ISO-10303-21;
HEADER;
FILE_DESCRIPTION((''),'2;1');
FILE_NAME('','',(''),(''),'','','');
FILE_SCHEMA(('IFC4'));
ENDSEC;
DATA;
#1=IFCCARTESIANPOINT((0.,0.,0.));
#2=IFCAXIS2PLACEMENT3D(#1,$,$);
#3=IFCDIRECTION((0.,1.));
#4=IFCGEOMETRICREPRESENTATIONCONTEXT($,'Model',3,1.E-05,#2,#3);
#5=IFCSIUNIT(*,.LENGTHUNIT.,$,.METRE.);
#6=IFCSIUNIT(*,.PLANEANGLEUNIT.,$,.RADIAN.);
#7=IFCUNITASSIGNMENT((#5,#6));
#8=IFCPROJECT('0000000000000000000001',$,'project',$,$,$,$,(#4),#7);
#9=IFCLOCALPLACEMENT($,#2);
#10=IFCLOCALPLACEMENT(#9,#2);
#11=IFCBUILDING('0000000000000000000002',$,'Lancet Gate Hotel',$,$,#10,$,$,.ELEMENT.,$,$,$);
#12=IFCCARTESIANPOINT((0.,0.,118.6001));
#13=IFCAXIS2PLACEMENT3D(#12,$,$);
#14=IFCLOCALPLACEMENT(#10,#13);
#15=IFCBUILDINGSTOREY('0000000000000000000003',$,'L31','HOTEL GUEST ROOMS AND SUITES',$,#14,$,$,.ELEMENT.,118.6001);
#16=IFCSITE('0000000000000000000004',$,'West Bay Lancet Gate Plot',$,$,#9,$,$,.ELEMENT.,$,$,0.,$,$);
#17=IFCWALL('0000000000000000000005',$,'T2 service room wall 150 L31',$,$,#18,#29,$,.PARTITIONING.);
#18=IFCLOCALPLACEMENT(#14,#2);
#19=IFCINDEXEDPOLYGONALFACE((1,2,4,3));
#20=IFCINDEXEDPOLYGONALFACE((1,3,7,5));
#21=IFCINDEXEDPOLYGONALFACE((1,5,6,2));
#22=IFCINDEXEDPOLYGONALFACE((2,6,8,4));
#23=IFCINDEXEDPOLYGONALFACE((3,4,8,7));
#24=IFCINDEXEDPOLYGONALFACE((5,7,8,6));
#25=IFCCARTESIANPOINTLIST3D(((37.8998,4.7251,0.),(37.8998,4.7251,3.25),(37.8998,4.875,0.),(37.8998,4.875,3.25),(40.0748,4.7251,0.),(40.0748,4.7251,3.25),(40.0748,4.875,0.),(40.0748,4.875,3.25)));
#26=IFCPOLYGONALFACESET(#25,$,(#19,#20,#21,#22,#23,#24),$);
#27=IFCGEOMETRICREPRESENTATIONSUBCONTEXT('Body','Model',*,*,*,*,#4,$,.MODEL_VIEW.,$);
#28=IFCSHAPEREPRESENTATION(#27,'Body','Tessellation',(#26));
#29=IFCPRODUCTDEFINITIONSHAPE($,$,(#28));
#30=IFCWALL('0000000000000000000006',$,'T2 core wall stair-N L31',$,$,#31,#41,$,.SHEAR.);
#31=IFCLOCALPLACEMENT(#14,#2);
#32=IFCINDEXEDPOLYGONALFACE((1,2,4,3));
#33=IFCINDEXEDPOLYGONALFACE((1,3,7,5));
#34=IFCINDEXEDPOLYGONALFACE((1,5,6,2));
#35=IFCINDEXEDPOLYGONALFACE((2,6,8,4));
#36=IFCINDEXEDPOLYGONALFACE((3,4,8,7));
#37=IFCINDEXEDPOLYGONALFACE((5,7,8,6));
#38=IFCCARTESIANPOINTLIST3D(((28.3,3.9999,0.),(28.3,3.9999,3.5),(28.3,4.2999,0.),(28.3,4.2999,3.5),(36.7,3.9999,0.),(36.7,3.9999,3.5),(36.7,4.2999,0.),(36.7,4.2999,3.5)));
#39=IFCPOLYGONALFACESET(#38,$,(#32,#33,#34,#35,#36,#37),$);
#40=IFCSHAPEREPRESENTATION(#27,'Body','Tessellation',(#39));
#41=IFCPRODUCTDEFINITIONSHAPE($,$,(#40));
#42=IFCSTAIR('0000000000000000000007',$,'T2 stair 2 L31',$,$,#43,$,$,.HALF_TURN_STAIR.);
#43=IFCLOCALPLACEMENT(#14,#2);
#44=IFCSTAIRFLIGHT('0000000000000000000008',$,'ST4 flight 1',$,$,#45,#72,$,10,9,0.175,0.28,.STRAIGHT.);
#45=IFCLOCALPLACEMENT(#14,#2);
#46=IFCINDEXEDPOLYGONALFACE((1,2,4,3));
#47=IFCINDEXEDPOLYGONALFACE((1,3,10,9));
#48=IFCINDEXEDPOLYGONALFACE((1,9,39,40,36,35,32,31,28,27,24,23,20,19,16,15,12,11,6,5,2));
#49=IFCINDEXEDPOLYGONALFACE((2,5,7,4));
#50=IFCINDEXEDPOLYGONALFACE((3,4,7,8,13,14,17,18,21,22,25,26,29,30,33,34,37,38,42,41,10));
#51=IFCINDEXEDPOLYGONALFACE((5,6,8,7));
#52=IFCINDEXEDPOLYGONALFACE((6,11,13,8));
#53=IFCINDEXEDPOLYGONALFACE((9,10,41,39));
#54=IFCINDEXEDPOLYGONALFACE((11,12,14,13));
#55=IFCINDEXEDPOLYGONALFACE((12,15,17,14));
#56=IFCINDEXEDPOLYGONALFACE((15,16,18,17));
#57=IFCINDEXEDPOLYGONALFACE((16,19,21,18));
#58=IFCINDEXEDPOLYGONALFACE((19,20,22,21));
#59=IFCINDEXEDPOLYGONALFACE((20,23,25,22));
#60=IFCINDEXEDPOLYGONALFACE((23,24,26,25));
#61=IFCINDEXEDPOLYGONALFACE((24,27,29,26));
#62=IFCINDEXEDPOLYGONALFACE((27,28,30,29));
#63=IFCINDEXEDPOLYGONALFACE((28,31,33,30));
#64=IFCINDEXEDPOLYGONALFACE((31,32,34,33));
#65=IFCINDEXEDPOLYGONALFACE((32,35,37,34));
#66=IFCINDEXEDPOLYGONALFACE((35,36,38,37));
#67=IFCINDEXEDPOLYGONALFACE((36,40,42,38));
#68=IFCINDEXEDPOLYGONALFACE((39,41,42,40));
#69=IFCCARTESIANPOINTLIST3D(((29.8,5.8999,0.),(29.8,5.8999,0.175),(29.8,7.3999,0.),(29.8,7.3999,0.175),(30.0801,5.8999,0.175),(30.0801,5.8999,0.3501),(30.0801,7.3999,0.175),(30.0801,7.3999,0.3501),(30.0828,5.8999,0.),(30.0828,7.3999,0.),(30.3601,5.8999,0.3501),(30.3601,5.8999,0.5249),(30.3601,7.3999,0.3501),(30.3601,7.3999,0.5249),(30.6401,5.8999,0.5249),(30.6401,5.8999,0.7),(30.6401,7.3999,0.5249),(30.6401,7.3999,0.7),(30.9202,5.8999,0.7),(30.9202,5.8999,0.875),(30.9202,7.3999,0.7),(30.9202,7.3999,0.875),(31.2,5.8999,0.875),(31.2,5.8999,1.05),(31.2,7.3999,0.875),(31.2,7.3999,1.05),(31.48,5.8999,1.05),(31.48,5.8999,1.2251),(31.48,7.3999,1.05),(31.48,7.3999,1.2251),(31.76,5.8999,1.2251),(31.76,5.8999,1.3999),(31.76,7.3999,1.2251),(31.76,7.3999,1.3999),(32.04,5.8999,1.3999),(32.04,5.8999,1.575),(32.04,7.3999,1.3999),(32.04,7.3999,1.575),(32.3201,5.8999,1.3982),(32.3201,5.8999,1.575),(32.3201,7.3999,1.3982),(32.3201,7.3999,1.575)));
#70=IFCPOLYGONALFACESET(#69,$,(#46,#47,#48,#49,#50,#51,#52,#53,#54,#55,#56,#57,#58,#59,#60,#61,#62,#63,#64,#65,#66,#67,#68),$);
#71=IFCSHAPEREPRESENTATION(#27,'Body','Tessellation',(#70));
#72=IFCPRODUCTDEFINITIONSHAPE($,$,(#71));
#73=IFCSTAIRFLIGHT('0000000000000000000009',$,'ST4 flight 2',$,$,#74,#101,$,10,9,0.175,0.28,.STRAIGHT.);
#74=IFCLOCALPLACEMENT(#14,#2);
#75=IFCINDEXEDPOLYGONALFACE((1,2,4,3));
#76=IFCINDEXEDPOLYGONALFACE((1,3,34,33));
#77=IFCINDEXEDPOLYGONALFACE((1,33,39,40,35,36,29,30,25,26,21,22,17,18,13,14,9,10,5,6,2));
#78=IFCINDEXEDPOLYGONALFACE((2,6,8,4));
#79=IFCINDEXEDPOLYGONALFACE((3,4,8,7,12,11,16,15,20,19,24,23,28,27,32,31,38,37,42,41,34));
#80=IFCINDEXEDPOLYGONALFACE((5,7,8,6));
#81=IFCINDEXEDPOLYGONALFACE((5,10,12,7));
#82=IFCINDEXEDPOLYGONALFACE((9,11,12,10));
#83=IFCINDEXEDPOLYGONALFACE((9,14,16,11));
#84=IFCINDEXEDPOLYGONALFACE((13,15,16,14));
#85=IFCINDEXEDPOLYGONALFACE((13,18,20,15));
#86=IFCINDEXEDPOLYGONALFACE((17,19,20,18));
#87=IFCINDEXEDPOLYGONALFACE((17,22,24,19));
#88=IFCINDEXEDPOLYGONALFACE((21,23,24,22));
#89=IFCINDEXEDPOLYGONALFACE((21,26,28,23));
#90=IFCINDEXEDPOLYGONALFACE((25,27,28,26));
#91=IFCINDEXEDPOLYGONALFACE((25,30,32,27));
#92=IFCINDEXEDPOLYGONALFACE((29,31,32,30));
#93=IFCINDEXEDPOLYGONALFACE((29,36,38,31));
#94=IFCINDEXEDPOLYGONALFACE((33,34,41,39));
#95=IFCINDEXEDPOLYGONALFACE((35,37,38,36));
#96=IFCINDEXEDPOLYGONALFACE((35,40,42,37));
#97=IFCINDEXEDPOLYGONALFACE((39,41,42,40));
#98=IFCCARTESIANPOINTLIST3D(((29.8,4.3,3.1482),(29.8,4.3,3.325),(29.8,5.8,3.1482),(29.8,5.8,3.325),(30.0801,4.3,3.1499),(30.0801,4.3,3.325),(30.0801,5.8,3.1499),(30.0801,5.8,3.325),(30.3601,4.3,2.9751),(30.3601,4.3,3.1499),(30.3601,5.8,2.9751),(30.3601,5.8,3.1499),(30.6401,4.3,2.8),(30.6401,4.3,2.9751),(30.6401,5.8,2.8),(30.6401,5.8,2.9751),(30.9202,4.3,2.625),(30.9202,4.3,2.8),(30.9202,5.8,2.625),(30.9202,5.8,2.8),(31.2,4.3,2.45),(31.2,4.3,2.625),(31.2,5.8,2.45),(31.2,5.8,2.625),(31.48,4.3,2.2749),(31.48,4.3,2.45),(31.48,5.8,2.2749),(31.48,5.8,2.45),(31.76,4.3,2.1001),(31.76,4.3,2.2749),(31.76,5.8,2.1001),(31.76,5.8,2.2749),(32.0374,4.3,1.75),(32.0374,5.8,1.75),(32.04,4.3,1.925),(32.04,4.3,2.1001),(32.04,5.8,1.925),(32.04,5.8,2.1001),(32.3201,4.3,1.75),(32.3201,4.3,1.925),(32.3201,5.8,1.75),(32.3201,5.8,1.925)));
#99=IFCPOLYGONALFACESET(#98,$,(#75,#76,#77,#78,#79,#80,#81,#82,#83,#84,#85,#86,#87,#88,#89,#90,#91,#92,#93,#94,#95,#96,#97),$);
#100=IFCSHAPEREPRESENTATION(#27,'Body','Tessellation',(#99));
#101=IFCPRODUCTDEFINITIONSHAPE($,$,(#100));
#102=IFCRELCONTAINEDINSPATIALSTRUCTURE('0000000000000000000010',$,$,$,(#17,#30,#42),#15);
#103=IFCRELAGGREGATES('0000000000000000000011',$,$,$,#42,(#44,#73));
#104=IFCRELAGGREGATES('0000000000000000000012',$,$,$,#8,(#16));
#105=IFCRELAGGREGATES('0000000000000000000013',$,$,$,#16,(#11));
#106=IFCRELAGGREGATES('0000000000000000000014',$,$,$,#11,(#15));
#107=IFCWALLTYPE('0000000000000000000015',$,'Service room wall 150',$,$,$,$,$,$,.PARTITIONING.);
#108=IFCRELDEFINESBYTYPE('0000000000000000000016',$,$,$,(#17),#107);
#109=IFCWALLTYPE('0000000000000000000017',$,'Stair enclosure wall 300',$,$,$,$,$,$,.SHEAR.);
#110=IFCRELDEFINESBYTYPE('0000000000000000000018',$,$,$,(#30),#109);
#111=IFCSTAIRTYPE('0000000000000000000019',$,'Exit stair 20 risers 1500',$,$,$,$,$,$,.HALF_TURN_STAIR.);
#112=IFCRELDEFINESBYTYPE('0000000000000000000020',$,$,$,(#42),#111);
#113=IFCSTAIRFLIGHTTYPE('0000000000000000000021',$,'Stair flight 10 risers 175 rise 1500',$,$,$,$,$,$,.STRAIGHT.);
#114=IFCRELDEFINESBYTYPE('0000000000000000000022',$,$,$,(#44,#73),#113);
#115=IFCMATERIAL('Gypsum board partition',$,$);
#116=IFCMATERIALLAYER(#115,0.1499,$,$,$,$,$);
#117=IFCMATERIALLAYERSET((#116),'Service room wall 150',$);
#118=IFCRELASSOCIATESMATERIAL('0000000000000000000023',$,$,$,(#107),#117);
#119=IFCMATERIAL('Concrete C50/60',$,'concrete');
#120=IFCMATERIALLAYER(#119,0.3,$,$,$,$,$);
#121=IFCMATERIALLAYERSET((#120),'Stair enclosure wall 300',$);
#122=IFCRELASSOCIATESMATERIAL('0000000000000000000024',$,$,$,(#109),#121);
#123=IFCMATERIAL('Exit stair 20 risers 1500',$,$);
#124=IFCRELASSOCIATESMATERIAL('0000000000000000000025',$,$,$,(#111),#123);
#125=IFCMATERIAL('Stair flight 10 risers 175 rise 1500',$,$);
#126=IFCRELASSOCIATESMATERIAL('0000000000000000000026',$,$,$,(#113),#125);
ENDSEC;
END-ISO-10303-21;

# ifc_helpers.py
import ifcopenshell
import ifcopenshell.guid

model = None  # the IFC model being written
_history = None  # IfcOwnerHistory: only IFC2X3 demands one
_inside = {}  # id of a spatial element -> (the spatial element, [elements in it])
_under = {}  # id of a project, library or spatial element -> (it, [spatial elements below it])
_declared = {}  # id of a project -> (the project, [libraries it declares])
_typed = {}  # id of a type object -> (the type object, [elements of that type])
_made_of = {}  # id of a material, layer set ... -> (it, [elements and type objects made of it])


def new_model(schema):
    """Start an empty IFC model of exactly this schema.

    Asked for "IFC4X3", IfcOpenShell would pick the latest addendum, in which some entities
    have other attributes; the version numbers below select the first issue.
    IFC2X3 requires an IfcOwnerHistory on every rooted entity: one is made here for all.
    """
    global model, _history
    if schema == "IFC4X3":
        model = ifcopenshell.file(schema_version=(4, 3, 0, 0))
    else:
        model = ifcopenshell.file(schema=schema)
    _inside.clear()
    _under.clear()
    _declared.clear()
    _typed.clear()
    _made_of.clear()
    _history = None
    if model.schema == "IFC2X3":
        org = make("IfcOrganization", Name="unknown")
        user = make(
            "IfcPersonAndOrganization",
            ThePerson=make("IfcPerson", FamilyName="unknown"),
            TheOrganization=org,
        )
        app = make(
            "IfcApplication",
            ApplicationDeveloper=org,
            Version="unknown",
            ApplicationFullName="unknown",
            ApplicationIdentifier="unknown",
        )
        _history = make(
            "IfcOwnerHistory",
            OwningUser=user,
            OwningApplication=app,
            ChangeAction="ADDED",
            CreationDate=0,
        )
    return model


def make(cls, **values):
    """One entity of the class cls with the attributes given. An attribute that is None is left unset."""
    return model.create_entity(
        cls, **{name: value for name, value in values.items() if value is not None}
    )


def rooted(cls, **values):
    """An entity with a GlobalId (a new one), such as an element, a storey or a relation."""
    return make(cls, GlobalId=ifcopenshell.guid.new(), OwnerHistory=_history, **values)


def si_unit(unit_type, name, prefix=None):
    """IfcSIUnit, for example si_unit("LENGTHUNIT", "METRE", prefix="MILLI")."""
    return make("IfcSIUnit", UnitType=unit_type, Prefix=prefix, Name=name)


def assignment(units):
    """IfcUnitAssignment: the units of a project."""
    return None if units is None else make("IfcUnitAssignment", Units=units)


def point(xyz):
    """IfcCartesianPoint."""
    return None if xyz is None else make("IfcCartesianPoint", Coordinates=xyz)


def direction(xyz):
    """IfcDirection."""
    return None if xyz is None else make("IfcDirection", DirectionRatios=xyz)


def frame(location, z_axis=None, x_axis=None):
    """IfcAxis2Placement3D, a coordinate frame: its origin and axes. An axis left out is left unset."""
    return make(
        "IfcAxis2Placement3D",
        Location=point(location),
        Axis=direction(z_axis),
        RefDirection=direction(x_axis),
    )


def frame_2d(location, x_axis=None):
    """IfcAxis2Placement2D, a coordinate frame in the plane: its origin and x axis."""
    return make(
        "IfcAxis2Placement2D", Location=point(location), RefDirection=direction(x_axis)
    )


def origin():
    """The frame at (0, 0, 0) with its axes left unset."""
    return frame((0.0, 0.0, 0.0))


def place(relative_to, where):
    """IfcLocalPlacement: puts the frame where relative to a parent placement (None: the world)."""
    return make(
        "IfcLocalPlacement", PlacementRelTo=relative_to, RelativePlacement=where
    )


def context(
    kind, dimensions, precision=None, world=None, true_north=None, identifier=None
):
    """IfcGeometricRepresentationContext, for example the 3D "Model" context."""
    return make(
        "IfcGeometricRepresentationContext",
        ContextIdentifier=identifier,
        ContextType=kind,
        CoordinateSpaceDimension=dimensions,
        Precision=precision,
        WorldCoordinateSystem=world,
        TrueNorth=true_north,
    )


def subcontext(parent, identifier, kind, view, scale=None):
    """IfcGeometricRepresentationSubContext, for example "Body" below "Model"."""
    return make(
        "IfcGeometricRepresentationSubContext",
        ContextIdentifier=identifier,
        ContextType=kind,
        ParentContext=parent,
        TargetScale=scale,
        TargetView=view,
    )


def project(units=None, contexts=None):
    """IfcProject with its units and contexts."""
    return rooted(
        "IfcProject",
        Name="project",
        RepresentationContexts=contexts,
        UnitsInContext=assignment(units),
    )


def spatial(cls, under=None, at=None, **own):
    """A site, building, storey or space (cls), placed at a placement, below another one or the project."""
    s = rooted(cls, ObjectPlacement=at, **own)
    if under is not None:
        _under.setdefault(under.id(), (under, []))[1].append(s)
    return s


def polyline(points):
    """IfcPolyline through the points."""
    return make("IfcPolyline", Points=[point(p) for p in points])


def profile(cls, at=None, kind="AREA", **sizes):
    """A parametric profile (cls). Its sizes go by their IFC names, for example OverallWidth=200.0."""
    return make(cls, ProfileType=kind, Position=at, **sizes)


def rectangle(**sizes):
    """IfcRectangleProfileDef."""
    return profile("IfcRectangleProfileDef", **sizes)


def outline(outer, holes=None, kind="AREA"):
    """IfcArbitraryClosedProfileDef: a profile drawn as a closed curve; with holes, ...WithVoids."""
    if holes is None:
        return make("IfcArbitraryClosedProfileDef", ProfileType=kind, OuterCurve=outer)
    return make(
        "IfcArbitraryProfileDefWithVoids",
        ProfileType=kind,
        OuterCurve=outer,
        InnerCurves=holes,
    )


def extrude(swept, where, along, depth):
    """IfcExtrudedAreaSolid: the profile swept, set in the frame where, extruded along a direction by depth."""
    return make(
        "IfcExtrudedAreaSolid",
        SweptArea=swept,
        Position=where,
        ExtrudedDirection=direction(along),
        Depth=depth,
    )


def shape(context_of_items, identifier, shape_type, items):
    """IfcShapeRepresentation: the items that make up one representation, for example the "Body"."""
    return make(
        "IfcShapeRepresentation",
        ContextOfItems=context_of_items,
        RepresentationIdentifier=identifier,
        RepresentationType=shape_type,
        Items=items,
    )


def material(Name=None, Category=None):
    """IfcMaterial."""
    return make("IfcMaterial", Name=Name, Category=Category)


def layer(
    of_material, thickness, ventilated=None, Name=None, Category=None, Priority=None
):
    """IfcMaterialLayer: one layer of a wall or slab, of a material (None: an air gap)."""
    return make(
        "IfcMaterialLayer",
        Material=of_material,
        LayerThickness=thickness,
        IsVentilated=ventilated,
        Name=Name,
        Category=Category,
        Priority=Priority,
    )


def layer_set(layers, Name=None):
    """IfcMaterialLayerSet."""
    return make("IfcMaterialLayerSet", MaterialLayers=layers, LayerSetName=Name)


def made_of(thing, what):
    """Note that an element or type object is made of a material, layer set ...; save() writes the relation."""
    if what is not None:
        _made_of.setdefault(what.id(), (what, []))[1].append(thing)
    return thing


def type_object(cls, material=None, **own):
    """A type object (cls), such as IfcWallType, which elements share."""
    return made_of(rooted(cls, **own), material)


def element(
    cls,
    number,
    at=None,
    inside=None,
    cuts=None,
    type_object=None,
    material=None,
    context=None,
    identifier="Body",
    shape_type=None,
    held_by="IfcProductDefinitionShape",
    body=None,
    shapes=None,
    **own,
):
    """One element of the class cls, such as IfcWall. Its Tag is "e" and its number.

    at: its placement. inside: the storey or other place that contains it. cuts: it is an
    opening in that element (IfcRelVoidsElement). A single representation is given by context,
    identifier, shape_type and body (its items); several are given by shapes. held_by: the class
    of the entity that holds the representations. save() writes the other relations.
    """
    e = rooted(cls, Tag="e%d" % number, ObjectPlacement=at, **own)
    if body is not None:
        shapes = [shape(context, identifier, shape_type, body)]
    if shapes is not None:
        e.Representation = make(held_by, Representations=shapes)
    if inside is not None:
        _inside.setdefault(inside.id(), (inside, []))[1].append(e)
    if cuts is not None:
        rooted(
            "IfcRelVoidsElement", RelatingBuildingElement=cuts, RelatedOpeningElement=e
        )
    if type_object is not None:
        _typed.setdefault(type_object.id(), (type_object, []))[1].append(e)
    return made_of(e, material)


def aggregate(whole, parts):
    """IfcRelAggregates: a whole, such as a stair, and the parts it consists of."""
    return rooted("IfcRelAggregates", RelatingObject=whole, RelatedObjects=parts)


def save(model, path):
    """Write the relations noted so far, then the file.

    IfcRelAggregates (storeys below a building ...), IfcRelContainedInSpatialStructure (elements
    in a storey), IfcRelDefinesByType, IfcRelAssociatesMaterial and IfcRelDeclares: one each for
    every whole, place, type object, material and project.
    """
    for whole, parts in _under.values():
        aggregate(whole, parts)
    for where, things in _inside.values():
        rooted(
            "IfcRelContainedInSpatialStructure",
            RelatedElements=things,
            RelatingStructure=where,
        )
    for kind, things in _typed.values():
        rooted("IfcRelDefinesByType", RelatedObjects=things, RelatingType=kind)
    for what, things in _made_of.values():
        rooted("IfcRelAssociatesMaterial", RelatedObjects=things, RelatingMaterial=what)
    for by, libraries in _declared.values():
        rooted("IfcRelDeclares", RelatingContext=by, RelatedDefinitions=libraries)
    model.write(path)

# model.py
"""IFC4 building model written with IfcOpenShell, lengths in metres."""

from ifc_helpers import new_model, si_unit, direction, frame, frame_2d, origin, place, context, subcontext, project, spatial, polyline, rectangle, outline, extrude, material, layer, layer_set, type_object, element, aggregate, save


model = new_model("IFC4")

# Units and contexts
model_context = context("Model", 3, precision=1e-05, world=origin(), true_north=direction((0.0, 1.0)))
body_context = subcontext(model_context, "Body", "Model", "MODEL_VIEW")
ifc_project = project(units=[si_unit("LENGTHUNIT", "METRE"), si_unit("PLANEANGLEUNIT", "RADIAN")], contexts=[model_context])

# Site, building, storey
site_placement = place(None, origin())
site = spatial("IfcSite", under=ifc_project, at=site_placement, Name="West Bay Lancet Gate Plot", CompositionType="ELEMENT", RefElevation=0.0)
building_placement = place(site_placement, origin())
building = spatial("IfcBuilding", under=site, at=building_placement, Name="Lancet Gate Hotel", CompositionType="ELEMENT")
storey_placement = place(building_placement, frame((0.0, 0.0, 118.6001)))
storey = spatial("IfcBuildingStorey", under=building, at=storey_placement, Name="L31", Description="HOTEL GUEST ROOMS AND SUITES", CompositionType="ELEMENT", Elevation=118.6001)

# Walls
ifc_material_1 = material(Name="Gypsum board partition")
ifc_layer_1 = layer(ifc_material_1, 0.1499)
ifc_layer_set_1 = layer_set([ifc_layer_1], Name="Service room wall 150")
wall_type_1 = type_object("IfcWallType", Name="Service room wall 150", PredefinedType="PARTITIONING", material=ifc_layer_set_1)
for number, where, z_axis, x_axis, name in (
    (1, (37.8999, 4.8, 0.0), (0.0, 0.0, 1.0), (1.0, 0.0, 0.0), "T2 service room wall 150 L31"),
):
    element("IfcWall", number, at=place(storey_placement, frame(where, z_axis=z_axis, x_axis=x_axis)), inside=storey, type_object=wall_type_1, Name=name, PredefinedType="PARTITIONING", context=body_context, shape_type="SweptSolid", body=[
        extrude(rectangle(XDim=2.175, YDim=0.1499, at=frame_2d((1.0874, 0.0))), origin(), (0.0, 0.0, 1.0), 3.25),
    ])
ifc_material_2 = material(Name="Concrete C50/60", Category="concrete")
ifc_layer_2 = layer(ifc_material_2, 0.3)
ifc_layer_set_2 = layer_set([ifc_layer_2], Name="Stair enclosure wall 300")
wall_type_2 = type_object("IfcWallType", Name="Stair enclosure wall 300", PredefinedType="SHEAR", material=ifc_layer_set_2)
wall_1_placement = place(storey_placement, frame((28.3, 4.1499, 0.0), z_axis=(0.0, 0.0, 1.0), x_axis=(1.0, 0.0, 0.0)))
element("IfcWall", 2, at=wall_1_placement, inside=storey, type_object=wall_type_2, Name="T2 core wall stair-N L31", PredefinedType="SHEAR", context=body_context, shape_type="SweptSolid", body=[
    extrude(rectangle(XDim=8.3999, YDim=0.3, at=frame_2d((4.2, 0.0))), origin(), (0.0, 0.0, 1.0), 3.5),
])

# Stair, stair flights
ifc_material_3 = material(Name="Exit stair 20 risers 1500")
stair_type = type_object("IfcStairType", Name="Exit stair 20 risers 1500", PredefinedType="HALF_TURN_STAIR", material=ifc_material_3)
stair_placement = place(storey_placement, origin())
stair = element("IfcStair", 3, at=stair_placement, inside=storey, type_object=stair_type, Name="T2 stair 2 L31", PredefinedType="HALF_TURN_STAIR")
ifc_material_4 = material(Name="Stair flight 10 risers 175 rise 1500")
stair_flight_type = type_object("IfcStairFlightType", Name="Stair flight 10 risers 175 rise 1500", PredefinedType="STRAIGHT", material=ifc_material_4)
stair_flight_1_placement = place(storey_placement, frame((29.8, 6.6499, 0.0), z_axis=(0.0, 0.0, 1.0), x_axis=(1.0, 0.0, 0.0)))
stair_flight_1 = element("IfcStairFlight", 4, at=stair_flight_1_placement, type_object=stair_flight_type, Name="ST4 flight 1", NumberOfRisers=10, NumberOfTreads=9, PredefinedType="STRAIGHT", RiserHeight=0.175, TreadLength=0.28, context=body_context, shape_type="SweptSolid", body=[
    extrude(outline(polyline([(0.0, 0.0), (0.0, 0.175), (0.28, 0.175), (0.28, 0.3501), (0.5601, 0.3501), (0.5601, 0.5249), (0.8401, 0.5249), (0.8401, 0.7), (1.1201, 0.7), (1.1201, 0.875), (1.3999, 0.875), (1.3999, 1.05), (1.6799, 1.05), (1.6799, 1.2251), (1.96, 1.2251), (1.96, 1.3999), (2.24, 1.3999), (2.24, 1.575), (2.52, 1.575), (2.52, 1.75), (2.52, 1.3982), (0.2827, 0.0), (0.0, 0.0)])), frame((0.0, 0.75, 0.0), z_axis=(0.0, -1.0, 0.0), x_axis=(1.0, 0.0, 0.0)), (0.0, 0.0, 1.0), 1.5),
])
stair_flight_2_placement = place(storey_placement, frame((32.3201, 5.05, 1.75), z_axis=(0.0, 0.0, 1.0), x_axis=(-1.0, 0.0, 0.0)))
stair_flight_2 = element("IfcStairFlight", 5, at=stair_flight_2_placement, type_object=stair_flight_type, Name="ST4 flight 2", NumberOfRisers=10, NumberOfTreads=9, PredefinedType="STRAIGHT", RiserHeight=0.175, TreadLength=0.28, context=body_context, shape_type="SweptSolid", body=[
    extrude(outline(polyline([(0.0, 0.0), (0.0, 0.175), (0.28, 0.175), (0.28, 0.3501), (0.5601, 0.3501), (0.5601, 0.5249), (0.8401, 0.5249), (0.8401, 0.7), (1.1201, 0.7), (1.1201, 0.875), (1.3999, 0.875), (1.3999, 1.05), (1.6799, 1.05), (1.6799, 1.2251), (1.96, 1.2251), (1.96, 1.3999), (2.24, 1.3999), (2.24, 1.575), (2.52, 1.575), (2.52, 1.75), (2.52, 1.3982), (0.2827, 0.0), (0.0, 0.0)])), frame((0.0, 0.75, 0.0), z_axis=(0.0, -1.0, 0.0), x_axis=(1.0, 0.0, 0.0)), (0.0, 0.0, 1.0), 1.5),
])
aggregate(stair, [stair_flight_1, stair_flight_2])

save(model, "model.ifc")
